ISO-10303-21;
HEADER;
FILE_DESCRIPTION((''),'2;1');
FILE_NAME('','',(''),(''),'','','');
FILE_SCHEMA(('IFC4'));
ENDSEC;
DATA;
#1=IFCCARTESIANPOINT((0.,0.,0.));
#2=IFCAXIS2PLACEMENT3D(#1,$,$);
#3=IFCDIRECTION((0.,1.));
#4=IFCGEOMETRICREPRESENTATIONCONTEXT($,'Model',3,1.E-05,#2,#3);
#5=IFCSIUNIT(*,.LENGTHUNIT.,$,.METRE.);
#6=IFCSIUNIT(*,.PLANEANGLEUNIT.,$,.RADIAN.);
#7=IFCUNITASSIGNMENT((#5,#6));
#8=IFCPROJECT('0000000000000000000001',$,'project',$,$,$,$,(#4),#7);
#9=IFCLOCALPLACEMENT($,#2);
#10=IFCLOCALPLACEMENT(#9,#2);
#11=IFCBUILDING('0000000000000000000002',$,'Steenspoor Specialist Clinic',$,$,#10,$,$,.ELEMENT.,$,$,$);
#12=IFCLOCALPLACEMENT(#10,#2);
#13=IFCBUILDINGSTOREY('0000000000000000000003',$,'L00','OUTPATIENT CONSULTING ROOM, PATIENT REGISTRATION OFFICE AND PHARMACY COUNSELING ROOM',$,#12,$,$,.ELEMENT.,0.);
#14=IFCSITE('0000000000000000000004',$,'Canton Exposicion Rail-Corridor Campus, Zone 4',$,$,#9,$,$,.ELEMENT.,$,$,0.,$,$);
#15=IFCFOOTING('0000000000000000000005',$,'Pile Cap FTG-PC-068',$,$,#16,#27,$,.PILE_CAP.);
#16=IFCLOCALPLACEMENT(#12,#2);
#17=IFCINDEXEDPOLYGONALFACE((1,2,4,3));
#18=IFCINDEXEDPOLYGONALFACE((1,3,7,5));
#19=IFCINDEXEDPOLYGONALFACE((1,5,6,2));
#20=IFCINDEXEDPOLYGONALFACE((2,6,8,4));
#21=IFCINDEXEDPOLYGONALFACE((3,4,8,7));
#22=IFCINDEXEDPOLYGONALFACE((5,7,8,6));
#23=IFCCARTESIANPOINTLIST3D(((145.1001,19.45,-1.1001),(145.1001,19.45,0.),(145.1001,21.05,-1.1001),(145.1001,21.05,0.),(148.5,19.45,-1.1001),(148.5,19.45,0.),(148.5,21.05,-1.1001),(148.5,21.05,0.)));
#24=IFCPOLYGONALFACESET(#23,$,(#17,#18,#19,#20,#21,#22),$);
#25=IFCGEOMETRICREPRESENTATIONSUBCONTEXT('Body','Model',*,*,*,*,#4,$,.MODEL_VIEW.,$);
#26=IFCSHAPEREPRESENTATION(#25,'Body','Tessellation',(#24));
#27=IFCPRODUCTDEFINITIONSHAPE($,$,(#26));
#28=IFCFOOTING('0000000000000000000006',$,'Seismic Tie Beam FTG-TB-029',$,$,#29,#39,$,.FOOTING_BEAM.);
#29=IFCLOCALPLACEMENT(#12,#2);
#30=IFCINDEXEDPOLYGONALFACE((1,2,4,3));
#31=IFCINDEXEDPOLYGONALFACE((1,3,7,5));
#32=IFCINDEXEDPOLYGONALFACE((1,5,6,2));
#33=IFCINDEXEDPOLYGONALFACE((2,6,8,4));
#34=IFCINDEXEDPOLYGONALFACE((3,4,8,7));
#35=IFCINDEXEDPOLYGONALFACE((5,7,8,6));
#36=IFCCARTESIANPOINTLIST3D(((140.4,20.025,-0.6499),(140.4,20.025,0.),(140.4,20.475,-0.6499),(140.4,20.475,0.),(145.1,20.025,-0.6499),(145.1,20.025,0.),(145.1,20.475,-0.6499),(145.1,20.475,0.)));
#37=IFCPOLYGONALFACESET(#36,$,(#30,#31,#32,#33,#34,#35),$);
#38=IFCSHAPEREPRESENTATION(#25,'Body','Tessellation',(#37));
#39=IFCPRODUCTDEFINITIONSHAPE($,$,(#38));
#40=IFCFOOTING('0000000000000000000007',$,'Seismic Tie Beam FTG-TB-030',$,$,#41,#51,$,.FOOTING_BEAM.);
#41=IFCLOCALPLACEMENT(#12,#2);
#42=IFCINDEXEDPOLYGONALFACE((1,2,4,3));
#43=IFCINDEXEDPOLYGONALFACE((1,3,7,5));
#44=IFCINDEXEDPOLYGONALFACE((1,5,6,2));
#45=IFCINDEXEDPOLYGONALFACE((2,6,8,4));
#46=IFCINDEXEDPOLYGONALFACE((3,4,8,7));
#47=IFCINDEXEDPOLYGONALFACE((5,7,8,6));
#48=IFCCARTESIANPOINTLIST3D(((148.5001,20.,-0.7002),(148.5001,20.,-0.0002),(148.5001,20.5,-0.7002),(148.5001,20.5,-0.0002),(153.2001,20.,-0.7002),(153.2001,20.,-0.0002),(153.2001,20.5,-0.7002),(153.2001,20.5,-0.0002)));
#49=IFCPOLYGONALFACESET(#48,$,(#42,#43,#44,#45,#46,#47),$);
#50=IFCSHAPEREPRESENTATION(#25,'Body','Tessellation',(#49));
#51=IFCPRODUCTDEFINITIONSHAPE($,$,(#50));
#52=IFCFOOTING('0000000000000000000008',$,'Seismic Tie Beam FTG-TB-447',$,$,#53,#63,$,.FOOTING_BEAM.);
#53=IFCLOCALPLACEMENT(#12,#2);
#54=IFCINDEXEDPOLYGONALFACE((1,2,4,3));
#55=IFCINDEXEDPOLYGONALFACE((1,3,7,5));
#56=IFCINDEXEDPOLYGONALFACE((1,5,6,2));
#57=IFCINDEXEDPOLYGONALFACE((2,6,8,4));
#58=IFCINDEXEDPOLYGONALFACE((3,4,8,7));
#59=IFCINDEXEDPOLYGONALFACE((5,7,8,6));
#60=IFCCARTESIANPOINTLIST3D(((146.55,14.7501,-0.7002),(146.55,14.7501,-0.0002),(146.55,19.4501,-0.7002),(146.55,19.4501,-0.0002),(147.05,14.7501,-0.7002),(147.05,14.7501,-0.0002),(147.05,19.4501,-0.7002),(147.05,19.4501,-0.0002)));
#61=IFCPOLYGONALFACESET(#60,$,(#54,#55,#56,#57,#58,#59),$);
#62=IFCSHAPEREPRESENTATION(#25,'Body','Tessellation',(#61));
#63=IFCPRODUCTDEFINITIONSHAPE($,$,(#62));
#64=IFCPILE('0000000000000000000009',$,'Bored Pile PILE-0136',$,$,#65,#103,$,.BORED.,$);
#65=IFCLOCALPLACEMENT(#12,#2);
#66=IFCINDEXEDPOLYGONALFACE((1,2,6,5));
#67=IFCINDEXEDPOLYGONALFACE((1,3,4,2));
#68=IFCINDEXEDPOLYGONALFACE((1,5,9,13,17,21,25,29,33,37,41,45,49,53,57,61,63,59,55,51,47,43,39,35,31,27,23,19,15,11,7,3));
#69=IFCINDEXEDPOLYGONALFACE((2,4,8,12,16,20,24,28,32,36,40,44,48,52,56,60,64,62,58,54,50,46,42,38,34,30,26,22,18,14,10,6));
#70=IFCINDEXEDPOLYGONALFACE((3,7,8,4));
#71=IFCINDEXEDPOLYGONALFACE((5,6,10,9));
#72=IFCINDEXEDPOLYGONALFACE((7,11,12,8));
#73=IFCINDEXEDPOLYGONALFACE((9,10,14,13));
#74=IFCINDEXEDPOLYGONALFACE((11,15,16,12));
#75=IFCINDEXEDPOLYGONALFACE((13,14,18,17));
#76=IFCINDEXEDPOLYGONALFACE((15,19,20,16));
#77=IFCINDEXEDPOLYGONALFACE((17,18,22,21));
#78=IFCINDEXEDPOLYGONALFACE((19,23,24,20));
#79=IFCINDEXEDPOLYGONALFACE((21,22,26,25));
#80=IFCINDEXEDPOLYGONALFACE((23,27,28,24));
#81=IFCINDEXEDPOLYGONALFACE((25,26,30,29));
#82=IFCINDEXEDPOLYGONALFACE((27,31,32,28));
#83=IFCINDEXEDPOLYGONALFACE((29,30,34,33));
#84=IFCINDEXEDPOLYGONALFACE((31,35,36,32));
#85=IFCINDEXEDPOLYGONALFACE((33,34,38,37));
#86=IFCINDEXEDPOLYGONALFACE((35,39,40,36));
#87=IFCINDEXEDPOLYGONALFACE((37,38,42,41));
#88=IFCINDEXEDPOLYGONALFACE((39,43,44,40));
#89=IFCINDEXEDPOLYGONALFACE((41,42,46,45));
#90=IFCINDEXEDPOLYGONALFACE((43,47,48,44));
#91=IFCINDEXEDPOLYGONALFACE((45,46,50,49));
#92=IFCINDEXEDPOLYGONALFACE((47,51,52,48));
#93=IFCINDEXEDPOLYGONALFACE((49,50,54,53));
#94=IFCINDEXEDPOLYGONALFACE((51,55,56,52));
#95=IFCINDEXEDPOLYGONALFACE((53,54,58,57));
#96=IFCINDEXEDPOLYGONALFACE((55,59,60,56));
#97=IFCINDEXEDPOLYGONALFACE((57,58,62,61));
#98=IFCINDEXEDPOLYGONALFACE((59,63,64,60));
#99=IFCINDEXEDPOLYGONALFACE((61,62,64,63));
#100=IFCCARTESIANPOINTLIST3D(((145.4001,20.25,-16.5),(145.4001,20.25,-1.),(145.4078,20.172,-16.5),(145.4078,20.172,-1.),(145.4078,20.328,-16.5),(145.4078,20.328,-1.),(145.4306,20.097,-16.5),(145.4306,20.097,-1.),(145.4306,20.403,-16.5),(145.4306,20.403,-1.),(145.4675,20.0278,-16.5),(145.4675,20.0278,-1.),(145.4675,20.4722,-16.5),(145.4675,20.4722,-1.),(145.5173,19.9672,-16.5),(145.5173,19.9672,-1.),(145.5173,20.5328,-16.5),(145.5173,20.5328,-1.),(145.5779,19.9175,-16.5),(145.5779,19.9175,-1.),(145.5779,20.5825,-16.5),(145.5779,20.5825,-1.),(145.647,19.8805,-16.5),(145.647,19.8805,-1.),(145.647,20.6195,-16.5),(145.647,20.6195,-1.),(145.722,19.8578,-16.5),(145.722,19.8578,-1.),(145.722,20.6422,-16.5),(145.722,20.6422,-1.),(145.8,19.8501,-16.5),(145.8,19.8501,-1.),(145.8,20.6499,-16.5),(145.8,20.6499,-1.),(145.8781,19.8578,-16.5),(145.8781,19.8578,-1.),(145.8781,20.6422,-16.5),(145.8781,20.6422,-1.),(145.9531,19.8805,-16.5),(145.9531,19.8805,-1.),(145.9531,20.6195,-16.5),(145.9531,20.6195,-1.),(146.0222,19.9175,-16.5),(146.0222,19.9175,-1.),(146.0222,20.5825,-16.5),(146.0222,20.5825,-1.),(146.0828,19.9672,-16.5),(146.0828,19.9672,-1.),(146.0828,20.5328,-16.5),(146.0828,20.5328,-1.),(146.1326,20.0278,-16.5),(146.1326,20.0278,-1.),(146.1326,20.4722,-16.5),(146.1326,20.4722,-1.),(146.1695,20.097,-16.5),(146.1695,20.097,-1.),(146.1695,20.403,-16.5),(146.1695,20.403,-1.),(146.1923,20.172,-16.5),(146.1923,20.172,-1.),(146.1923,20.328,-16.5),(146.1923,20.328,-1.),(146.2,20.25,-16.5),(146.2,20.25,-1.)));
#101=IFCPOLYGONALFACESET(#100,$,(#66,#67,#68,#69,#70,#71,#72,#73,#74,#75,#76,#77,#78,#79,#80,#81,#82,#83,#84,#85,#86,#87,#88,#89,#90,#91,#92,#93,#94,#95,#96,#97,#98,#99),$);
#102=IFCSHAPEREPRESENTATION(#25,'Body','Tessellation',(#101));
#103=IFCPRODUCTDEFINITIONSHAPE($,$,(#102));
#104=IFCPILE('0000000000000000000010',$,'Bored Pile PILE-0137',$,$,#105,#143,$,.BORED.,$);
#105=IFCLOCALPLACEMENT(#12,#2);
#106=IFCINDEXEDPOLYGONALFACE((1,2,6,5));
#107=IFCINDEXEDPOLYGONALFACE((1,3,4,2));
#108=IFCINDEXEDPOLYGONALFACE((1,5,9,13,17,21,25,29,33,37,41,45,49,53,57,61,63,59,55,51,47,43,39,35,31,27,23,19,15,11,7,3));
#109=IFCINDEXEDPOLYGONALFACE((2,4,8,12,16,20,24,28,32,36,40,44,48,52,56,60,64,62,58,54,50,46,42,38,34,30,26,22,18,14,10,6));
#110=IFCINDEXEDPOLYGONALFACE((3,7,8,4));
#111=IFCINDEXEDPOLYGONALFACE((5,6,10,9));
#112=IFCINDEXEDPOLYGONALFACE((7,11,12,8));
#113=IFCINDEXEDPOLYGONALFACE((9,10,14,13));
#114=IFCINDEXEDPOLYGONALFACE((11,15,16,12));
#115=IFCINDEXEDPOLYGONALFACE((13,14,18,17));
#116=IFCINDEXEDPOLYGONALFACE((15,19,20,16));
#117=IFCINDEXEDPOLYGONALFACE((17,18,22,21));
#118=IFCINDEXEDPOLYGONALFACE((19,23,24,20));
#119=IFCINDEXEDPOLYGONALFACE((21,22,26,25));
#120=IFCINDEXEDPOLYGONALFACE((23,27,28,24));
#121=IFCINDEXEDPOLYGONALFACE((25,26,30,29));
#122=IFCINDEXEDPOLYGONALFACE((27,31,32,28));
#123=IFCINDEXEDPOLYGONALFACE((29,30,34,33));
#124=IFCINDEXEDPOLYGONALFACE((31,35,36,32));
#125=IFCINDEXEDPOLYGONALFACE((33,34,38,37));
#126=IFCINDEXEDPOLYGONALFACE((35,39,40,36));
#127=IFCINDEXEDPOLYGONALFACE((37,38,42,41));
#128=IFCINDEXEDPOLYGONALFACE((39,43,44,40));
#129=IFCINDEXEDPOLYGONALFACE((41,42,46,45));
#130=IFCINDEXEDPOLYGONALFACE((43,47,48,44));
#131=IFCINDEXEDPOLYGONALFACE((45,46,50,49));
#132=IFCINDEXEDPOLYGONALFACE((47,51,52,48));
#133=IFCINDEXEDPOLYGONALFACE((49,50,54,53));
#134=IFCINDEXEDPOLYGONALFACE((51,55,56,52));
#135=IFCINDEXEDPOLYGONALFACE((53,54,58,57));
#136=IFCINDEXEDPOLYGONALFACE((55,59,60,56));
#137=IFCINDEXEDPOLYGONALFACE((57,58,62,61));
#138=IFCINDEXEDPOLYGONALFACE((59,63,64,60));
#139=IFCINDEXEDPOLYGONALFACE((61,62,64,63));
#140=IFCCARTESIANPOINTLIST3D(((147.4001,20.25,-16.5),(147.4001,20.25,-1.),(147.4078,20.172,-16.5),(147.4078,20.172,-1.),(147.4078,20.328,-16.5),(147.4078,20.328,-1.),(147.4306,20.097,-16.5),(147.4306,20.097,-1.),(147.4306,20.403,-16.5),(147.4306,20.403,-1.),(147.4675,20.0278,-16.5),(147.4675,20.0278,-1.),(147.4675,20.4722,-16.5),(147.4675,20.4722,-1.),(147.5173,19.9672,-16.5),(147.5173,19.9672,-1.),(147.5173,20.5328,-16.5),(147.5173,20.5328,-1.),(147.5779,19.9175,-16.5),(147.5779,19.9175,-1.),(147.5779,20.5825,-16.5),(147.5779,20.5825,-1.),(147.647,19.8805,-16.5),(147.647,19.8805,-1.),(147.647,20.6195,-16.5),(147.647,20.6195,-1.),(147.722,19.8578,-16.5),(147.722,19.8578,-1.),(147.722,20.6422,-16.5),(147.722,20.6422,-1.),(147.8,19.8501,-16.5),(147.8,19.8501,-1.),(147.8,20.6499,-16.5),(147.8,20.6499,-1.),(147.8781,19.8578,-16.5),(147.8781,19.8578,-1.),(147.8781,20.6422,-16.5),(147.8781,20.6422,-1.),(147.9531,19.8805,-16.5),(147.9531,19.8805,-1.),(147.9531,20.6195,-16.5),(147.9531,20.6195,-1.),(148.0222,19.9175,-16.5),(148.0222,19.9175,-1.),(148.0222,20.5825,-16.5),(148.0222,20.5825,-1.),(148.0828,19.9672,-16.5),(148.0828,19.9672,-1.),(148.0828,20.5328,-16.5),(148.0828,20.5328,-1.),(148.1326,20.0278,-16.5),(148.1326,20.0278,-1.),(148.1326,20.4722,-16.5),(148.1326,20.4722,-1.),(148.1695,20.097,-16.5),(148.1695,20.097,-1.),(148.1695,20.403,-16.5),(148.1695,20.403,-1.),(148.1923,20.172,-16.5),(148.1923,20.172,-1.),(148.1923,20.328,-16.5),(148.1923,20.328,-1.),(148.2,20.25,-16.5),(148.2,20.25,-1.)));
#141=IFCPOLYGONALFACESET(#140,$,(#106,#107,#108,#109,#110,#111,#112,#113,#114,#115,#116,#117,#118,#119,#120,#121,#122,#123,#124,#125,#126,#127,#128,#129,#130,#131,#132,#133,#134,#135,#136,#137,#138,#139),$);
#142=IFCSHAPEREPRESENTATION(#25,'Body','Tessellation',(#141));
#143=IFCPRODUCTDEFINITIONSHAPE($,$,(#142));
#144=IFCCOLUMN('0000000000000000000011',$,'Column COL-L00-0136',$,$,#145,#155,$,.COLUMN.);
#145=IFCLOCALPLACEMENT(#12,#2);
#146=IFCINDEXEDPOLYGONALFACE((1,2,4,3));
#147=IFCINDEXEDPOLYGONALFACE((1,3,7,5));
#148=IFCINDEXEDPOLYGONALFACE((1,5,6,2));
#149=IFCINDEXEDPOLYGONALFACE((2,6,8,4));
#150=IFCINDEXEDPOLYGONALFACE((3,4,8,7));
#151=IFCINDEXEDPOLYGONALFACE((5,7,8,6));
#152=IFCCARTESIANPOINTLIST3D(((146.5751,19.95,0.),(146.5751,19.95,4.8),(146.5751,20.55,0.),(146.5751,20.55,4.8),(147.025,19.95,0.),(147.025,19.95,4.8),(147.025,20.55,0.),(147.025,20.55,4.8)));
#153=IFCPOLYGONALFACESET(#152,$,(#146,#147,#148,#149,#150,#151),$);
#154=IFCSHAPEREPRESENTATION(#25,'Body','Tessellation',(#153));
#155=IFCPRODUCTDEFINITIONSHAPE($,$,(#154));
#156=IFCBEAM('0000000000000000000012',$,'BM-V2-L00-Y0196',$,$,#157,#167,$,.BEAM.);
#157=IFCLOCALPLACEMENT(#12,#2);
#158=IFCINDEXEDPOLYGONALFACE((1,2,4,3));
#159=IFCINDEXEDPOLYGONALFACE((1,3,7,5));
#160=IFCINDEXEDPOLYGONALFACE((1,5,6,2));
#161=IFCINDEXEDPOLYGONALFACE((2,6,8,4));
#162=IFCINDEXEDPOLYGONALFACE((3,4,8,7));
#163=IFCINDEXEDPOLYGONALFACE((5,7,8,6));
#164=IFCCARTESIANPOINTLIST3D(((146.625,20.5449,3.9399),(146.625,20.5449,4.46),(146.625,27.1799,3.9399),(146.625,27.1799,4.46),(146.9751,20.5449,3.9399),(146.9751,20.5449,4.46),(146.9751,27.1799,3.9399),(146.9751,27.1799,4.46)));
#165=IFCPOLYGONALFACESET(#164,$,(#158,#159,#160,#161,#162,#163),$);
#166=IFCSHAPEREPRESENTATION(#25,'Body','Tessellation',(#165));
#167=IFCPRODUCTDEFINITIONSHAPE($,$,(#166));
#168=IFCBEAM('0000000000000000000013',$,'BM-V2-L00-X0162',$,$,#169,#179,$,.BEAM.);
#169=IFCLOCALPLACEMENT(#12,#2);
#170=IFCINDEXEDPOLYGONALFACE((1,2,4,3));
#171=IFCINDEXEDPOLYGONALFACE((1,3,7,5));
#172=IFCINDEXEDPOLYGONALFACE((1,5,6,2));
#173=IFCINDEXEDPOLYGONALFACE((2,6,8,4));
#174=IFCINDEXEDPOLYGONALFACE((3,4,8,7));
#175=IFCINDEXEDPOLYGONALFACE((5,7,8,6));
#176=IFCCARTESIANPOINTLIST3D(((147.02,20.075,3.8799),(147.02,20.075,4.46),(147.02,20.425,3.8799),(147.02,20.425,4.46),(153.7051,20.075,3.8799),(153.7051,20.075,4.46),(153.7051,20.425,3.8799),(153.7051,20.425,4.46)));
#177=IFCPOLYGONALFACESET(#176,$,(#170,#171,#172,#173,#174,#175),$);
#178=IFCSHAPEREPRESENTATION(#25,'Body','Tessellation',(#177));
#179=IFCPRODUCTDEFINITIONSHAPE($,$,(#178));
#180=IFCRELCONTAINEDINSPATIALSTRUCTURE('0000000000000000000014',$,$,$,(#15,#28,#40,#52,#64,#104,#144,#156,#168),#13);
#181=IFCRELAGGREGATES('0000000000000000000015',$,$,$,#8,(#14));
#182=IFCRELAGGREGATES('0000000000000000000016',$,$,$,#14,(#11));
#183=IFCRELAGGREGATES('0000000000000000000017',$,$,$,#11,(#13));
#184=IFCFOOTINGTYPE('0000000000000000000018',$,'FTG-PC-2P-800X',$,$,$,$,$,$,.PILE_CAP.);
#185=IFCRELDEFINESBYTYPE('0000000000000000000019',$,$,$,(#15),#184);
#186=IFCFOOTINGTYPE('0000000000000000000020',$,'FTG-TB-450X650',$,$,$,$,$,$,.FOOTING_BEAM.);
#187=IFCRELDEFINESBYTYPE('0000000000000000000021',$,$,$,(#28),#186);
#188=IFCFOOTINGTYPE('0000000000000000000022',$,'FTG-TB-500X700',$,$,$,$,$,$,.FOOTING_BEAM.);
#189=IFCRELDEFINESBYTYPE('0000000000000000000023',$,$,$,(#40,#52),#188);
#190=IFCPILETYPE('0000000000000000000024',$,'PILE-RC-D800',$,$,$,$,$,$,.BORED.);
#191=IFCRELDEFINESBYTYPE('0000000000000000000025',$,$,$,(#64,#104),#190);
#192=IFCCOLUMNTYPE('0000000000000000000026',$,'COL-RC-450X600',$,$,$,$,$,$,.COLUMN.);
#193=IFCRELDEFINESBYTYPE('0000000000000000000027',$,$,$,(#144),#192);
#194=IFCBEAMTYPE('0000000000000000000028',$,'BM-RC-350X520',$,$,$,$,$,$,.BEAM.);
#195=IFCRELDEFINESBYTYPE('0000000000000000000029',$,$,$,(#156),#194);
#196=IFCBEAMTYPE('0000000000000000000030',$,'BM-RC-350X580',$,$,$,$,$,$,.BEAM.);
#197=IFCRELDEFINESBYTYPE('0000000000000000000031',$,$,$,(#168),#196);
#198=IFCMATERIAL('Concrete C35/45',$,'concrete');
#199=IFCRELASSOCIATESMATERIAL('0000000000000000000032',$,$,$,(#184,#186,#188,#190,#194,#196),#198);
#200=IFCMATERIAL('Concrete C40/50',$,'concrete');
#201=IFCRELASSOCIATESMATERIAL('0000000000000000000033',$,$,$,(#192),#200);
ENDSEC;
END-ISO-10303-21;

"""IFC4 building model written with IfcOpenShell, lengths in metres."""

from ifc_helpers import new_model, si_unit, direction, frame, origin, origin_2d, place, context, subcontext, project, spatial, rectangle, circle, extrude, material, material_profile, profile_set, type_object, element, save


model = new_model("IFC4")

# Units and contexts
model_context = context("Model", 3, precision=1e-05, world=origin(), true_north=direction((0.0, 1.0)))
body_context = subcontext(model_context, "Body", "Model", "MODEL_VIEW")
ifc_project = project(units=[si_unit("LENGTHUNIT", "METRE"), si_unit("PLANEANGLEUNIT", "RADIAN")], contexts=[model_context])

# Site, building, storey
site_placement = place(None, origin())
site = spatial("IfcSite", under=ifc_project, at=site_placement, Name="Canton Exposicion Rail-Corridor Campus, Zone 4", CompositionType="ELEMENT", RefElevation=0.0)
building_placement = place(site_placement, origin())
building = spatial("IfcBuilding", under=site, at=building_placement, Name="Steenspoor Specialist Clinic", CompositionType="ELEMENT")
storey_placement = place(building_placement, origin())
storey = spatial("IfcBuildingStorey", under=building, at=storey_placement, Name="L00", Description="OUTPATIENT CONSULTING ROOM, PATIENT REGISTRATION OFFICE AND PHARMACY COUNSELING ROOM", CompositionType="ELEMENT", Elevation=0.0)

# Footings
ifc_material_1 = material(Name="Concrete C35/45", Category="concrete")
footing_type_1 = type_object("IfcFootingType", Name="FTG-PC-2P-800X", PredefinedType="PILE_CAP", material=ifc_material_1)
footing_1_placement = place(storey_placement, frame((146.8, 20.25, -1.1001), z_axis=(0.0, 0.0, 1.0), x_axis=(1.0, 0.0, 0.0)))
element("IfcFooting", 1, at=footing_1_placement, inside=storey, type_object=footing_type_1, Name="Pile Cap FTG-PC-068", PredefinedType="PILE_CAP", context=body_context, shape_type="SweptSolid", body=[
    extrude(rectangle(XDim=3.3999, YDim=1.6001, at=origin_2d()), origin(), (0.0, 0.0, 1.0), 1.1001),
])
footing_type_2 = type_object("IfcFootingType", Name="FTG-TB-450X650", PredefinedType="FOOTING_BEAM", material=ifc_material_1)
footing_2_placement = place(storey_placement, frame((142.75, 20.25, -0.6499), z_axis=(0.0, 0.0, 1.0), x_axis=(1.0, 0.0, 0.0)))
element("IfcFooting", 2, at=footing_2_placement, inside=storey, type_object=footing_type_2, Name="Seismic Tie Beam FTG-TB-029", PredefinedType="FOOTING_BEAM", context=body_context, shape_type="SweptSolid", body=[
    extrude(rectangle(XDim=4.7, YDim=0.45, at=origin_2d()), origin(), (0.0, 0.0, 1.0), 0.6499),
])
footing_type_3 = type_object("IfcFootingType", Name="FTG-TB-500X700", PredefinedType="FOOTING_BEAM", material=ifc_material_1)
footing_3_placement = place(storey_placement, frame((150.8501, 20.25, -0.7002), z_axis=(0.0, 0.0, 1.0), x_axis=(1.0, 0.0, 0.0)))
element("IfcFooting", 3, at=footing_3_placement, inside=storey, type_object=footing_type_3, Name="Seismic Tie Beam FTG-TB-030", PredefinedType="FOOTING_BEAM", context=body_context, shape_type="SweptSolid", body=[
    extrude(rectangle(XDim=4.7, YDim=0.5, at=origin_2d()), origin(), (0.0, 0.0, 1.0), 0.7),
])
footing_4_placement = place(storey_placement, frame((146.8, 17.1001, -0.7002), z_axis=(0.0, 0.0, 1.0), x_axis=(1.0, 0.0, 0.0)))
element("IfcFooting", 4, at=footing_4_placement, inside=storey, type_object=footing_type_3, Name="Seismic Tie Beam FTG-TB-447", PredefinedType="FOOTING_BEAM", context=body_context, shape_type="SweptSolid", body=[
    extrude(rectangle(XDim=0.5, YDim=4.7, at=origin_2d()), origin(), (0.0, 0.0, 1.0), 0.7),
])

# Piles
ifc_material_profile_1 = material_profile(ifc_material_1, circle(Radius=0.3999, at=origin_2d()), Name="PILE-D800")
ifc_profile_set_1 = profile_set([ifc_material_profile_1], Name="Concrete C35/45")
pile_type = type_object("IfcPileType", Name="PILE-RC-D800", PredefinedType="BORED", material=ifc_profile_set_1)
for number, where, z_axis, x_axis, name in (
    (5, (145.8, 20.25, -1.0), (0.0, 0.0, -1.0), (1.0, 0.0, 0.0), "Bored Pile PILE-0136"),
    (6, (147.8, 20.25, -1.0), (0.0, 0.0, -1.0), (1.0, 0.0, 0.0), "Bored Pile PILE-0137"),
):
    element("IfcPile", number, at=place(storey_placement, frame(where, z_axis=z_axis, x_axis=x_axis)), inside=storey, type_object=pile_type, Name=name, PredefinedType="BORED", context=body_context, shape_type="SweptSolid", body=[
        extrude(circle(Radius=0.3999, at=origin_2d()), origin(), (0.0, 0.0, 1.0), 15.5),
    ])

# Column
ifc_material_2 = material(Name="Concrete C40/50", Category="concrete")
ifc_material_profile_2 = material_profile(ifc_material_2, rectangle(XDim=0.45, YDim=0.6001, at=origin_2d()), Name="RC-COL-450X600")
ifc_profile_set_2 = profile_set([ifc_material_profile_2], Name="Concrete C40/50")
column_type = type_object("IfcColumnType", Name="COL-RC-450X600", PredefinedType="COLUMN", material=ifc_profile_set_2)
column_placement = place(storey_placement, frame((146.8, 20.25, 0.0), z_axis=(0.0, 0.0, 1.0), x_axis=(1.0, 0.0, 0.0)))
element("IfcColumn", 7, at=column_placement, inside=storey, type_object=column_type, Name="Column COL-L00-0136", PredefinedType="COLUMN", context=body_context, shape_type="SweptSolid", body=[
    extrude(rectangle(XDim=0.45, YDim=0.6001, at=origin_2d()), origin(), (0.0, 0.0, 1.0), 4.8),
])

# Beams
ifc_material_profile_3 = material_profile(ifc_material_1, rectangle(XDim=0.3501, YDim=0.52, at=origin_2d()), Name="RC-BM-350X520")
ifc_profile_set_3 = profile_set([ifc_material_profile_3], Name="Concrete C35/45")
beam_type_1 = type_object("IfcBeamType", Name="BM-RC-350X520", PredefinedType="BEAM", material=ifc_profile_set_3)
beam_1_placement = place(storey_placement, frame((146.8, 20.5449, 4.2), z_axis=(0.0, 1.0, 0.0), x_axis=(-1.0, 0.0, 0.0)))
element("IfcBeam", 8, at=beam_1_placement, inside=storey, type_object=beam_type_1, Name="BM-V2-L00-Y0196", PredefinedType="BEAM", context=body_context, shape_type="SweptSolid", body=[
    extrude(rectangle(XDim=0.3501, YDim=0.52, at=origin_2d()), origin(), (0.0, 0.0, 1.0), 6.635),
])
ifc_material_profile_4 = material_profile(ifc_material_1, rectangle(XDim=0.3501, YDim=0.5801, at=origin_2d()), Name="RC-BM-350X580")
ifc_profile_set_4 = profile_set([ifc_material_profile_4], Name="Concrete C35/45")
beam_type_2 = type_object("IfcBeamType", Name="BM-RC-350X580", PredefinedType="BEAM", material=ifc_profile_set_4)
beam_2_placement = place(storey_placement, frame((147.02, 20.25, 4.1699), z_axis=(1.0, 0.0, 0.0), x_axis=(0.0, 1.0, 0.0)))
element("IfcBeam", 9, at=beam_2_placement, inside=storey, type_object=beam_type_2, Name="BM-V2-L00-X0162", PredefinedType="BEAM", context=body_context, shape_type="SweptSolid", body=[
    extrude(rectangle(XDim=0.3501, YDim=0.5801, at=origin_2d()), origin(), (0.0, 0.0, 1.0), 6.6851),
])

save(model, "model.ifc")
